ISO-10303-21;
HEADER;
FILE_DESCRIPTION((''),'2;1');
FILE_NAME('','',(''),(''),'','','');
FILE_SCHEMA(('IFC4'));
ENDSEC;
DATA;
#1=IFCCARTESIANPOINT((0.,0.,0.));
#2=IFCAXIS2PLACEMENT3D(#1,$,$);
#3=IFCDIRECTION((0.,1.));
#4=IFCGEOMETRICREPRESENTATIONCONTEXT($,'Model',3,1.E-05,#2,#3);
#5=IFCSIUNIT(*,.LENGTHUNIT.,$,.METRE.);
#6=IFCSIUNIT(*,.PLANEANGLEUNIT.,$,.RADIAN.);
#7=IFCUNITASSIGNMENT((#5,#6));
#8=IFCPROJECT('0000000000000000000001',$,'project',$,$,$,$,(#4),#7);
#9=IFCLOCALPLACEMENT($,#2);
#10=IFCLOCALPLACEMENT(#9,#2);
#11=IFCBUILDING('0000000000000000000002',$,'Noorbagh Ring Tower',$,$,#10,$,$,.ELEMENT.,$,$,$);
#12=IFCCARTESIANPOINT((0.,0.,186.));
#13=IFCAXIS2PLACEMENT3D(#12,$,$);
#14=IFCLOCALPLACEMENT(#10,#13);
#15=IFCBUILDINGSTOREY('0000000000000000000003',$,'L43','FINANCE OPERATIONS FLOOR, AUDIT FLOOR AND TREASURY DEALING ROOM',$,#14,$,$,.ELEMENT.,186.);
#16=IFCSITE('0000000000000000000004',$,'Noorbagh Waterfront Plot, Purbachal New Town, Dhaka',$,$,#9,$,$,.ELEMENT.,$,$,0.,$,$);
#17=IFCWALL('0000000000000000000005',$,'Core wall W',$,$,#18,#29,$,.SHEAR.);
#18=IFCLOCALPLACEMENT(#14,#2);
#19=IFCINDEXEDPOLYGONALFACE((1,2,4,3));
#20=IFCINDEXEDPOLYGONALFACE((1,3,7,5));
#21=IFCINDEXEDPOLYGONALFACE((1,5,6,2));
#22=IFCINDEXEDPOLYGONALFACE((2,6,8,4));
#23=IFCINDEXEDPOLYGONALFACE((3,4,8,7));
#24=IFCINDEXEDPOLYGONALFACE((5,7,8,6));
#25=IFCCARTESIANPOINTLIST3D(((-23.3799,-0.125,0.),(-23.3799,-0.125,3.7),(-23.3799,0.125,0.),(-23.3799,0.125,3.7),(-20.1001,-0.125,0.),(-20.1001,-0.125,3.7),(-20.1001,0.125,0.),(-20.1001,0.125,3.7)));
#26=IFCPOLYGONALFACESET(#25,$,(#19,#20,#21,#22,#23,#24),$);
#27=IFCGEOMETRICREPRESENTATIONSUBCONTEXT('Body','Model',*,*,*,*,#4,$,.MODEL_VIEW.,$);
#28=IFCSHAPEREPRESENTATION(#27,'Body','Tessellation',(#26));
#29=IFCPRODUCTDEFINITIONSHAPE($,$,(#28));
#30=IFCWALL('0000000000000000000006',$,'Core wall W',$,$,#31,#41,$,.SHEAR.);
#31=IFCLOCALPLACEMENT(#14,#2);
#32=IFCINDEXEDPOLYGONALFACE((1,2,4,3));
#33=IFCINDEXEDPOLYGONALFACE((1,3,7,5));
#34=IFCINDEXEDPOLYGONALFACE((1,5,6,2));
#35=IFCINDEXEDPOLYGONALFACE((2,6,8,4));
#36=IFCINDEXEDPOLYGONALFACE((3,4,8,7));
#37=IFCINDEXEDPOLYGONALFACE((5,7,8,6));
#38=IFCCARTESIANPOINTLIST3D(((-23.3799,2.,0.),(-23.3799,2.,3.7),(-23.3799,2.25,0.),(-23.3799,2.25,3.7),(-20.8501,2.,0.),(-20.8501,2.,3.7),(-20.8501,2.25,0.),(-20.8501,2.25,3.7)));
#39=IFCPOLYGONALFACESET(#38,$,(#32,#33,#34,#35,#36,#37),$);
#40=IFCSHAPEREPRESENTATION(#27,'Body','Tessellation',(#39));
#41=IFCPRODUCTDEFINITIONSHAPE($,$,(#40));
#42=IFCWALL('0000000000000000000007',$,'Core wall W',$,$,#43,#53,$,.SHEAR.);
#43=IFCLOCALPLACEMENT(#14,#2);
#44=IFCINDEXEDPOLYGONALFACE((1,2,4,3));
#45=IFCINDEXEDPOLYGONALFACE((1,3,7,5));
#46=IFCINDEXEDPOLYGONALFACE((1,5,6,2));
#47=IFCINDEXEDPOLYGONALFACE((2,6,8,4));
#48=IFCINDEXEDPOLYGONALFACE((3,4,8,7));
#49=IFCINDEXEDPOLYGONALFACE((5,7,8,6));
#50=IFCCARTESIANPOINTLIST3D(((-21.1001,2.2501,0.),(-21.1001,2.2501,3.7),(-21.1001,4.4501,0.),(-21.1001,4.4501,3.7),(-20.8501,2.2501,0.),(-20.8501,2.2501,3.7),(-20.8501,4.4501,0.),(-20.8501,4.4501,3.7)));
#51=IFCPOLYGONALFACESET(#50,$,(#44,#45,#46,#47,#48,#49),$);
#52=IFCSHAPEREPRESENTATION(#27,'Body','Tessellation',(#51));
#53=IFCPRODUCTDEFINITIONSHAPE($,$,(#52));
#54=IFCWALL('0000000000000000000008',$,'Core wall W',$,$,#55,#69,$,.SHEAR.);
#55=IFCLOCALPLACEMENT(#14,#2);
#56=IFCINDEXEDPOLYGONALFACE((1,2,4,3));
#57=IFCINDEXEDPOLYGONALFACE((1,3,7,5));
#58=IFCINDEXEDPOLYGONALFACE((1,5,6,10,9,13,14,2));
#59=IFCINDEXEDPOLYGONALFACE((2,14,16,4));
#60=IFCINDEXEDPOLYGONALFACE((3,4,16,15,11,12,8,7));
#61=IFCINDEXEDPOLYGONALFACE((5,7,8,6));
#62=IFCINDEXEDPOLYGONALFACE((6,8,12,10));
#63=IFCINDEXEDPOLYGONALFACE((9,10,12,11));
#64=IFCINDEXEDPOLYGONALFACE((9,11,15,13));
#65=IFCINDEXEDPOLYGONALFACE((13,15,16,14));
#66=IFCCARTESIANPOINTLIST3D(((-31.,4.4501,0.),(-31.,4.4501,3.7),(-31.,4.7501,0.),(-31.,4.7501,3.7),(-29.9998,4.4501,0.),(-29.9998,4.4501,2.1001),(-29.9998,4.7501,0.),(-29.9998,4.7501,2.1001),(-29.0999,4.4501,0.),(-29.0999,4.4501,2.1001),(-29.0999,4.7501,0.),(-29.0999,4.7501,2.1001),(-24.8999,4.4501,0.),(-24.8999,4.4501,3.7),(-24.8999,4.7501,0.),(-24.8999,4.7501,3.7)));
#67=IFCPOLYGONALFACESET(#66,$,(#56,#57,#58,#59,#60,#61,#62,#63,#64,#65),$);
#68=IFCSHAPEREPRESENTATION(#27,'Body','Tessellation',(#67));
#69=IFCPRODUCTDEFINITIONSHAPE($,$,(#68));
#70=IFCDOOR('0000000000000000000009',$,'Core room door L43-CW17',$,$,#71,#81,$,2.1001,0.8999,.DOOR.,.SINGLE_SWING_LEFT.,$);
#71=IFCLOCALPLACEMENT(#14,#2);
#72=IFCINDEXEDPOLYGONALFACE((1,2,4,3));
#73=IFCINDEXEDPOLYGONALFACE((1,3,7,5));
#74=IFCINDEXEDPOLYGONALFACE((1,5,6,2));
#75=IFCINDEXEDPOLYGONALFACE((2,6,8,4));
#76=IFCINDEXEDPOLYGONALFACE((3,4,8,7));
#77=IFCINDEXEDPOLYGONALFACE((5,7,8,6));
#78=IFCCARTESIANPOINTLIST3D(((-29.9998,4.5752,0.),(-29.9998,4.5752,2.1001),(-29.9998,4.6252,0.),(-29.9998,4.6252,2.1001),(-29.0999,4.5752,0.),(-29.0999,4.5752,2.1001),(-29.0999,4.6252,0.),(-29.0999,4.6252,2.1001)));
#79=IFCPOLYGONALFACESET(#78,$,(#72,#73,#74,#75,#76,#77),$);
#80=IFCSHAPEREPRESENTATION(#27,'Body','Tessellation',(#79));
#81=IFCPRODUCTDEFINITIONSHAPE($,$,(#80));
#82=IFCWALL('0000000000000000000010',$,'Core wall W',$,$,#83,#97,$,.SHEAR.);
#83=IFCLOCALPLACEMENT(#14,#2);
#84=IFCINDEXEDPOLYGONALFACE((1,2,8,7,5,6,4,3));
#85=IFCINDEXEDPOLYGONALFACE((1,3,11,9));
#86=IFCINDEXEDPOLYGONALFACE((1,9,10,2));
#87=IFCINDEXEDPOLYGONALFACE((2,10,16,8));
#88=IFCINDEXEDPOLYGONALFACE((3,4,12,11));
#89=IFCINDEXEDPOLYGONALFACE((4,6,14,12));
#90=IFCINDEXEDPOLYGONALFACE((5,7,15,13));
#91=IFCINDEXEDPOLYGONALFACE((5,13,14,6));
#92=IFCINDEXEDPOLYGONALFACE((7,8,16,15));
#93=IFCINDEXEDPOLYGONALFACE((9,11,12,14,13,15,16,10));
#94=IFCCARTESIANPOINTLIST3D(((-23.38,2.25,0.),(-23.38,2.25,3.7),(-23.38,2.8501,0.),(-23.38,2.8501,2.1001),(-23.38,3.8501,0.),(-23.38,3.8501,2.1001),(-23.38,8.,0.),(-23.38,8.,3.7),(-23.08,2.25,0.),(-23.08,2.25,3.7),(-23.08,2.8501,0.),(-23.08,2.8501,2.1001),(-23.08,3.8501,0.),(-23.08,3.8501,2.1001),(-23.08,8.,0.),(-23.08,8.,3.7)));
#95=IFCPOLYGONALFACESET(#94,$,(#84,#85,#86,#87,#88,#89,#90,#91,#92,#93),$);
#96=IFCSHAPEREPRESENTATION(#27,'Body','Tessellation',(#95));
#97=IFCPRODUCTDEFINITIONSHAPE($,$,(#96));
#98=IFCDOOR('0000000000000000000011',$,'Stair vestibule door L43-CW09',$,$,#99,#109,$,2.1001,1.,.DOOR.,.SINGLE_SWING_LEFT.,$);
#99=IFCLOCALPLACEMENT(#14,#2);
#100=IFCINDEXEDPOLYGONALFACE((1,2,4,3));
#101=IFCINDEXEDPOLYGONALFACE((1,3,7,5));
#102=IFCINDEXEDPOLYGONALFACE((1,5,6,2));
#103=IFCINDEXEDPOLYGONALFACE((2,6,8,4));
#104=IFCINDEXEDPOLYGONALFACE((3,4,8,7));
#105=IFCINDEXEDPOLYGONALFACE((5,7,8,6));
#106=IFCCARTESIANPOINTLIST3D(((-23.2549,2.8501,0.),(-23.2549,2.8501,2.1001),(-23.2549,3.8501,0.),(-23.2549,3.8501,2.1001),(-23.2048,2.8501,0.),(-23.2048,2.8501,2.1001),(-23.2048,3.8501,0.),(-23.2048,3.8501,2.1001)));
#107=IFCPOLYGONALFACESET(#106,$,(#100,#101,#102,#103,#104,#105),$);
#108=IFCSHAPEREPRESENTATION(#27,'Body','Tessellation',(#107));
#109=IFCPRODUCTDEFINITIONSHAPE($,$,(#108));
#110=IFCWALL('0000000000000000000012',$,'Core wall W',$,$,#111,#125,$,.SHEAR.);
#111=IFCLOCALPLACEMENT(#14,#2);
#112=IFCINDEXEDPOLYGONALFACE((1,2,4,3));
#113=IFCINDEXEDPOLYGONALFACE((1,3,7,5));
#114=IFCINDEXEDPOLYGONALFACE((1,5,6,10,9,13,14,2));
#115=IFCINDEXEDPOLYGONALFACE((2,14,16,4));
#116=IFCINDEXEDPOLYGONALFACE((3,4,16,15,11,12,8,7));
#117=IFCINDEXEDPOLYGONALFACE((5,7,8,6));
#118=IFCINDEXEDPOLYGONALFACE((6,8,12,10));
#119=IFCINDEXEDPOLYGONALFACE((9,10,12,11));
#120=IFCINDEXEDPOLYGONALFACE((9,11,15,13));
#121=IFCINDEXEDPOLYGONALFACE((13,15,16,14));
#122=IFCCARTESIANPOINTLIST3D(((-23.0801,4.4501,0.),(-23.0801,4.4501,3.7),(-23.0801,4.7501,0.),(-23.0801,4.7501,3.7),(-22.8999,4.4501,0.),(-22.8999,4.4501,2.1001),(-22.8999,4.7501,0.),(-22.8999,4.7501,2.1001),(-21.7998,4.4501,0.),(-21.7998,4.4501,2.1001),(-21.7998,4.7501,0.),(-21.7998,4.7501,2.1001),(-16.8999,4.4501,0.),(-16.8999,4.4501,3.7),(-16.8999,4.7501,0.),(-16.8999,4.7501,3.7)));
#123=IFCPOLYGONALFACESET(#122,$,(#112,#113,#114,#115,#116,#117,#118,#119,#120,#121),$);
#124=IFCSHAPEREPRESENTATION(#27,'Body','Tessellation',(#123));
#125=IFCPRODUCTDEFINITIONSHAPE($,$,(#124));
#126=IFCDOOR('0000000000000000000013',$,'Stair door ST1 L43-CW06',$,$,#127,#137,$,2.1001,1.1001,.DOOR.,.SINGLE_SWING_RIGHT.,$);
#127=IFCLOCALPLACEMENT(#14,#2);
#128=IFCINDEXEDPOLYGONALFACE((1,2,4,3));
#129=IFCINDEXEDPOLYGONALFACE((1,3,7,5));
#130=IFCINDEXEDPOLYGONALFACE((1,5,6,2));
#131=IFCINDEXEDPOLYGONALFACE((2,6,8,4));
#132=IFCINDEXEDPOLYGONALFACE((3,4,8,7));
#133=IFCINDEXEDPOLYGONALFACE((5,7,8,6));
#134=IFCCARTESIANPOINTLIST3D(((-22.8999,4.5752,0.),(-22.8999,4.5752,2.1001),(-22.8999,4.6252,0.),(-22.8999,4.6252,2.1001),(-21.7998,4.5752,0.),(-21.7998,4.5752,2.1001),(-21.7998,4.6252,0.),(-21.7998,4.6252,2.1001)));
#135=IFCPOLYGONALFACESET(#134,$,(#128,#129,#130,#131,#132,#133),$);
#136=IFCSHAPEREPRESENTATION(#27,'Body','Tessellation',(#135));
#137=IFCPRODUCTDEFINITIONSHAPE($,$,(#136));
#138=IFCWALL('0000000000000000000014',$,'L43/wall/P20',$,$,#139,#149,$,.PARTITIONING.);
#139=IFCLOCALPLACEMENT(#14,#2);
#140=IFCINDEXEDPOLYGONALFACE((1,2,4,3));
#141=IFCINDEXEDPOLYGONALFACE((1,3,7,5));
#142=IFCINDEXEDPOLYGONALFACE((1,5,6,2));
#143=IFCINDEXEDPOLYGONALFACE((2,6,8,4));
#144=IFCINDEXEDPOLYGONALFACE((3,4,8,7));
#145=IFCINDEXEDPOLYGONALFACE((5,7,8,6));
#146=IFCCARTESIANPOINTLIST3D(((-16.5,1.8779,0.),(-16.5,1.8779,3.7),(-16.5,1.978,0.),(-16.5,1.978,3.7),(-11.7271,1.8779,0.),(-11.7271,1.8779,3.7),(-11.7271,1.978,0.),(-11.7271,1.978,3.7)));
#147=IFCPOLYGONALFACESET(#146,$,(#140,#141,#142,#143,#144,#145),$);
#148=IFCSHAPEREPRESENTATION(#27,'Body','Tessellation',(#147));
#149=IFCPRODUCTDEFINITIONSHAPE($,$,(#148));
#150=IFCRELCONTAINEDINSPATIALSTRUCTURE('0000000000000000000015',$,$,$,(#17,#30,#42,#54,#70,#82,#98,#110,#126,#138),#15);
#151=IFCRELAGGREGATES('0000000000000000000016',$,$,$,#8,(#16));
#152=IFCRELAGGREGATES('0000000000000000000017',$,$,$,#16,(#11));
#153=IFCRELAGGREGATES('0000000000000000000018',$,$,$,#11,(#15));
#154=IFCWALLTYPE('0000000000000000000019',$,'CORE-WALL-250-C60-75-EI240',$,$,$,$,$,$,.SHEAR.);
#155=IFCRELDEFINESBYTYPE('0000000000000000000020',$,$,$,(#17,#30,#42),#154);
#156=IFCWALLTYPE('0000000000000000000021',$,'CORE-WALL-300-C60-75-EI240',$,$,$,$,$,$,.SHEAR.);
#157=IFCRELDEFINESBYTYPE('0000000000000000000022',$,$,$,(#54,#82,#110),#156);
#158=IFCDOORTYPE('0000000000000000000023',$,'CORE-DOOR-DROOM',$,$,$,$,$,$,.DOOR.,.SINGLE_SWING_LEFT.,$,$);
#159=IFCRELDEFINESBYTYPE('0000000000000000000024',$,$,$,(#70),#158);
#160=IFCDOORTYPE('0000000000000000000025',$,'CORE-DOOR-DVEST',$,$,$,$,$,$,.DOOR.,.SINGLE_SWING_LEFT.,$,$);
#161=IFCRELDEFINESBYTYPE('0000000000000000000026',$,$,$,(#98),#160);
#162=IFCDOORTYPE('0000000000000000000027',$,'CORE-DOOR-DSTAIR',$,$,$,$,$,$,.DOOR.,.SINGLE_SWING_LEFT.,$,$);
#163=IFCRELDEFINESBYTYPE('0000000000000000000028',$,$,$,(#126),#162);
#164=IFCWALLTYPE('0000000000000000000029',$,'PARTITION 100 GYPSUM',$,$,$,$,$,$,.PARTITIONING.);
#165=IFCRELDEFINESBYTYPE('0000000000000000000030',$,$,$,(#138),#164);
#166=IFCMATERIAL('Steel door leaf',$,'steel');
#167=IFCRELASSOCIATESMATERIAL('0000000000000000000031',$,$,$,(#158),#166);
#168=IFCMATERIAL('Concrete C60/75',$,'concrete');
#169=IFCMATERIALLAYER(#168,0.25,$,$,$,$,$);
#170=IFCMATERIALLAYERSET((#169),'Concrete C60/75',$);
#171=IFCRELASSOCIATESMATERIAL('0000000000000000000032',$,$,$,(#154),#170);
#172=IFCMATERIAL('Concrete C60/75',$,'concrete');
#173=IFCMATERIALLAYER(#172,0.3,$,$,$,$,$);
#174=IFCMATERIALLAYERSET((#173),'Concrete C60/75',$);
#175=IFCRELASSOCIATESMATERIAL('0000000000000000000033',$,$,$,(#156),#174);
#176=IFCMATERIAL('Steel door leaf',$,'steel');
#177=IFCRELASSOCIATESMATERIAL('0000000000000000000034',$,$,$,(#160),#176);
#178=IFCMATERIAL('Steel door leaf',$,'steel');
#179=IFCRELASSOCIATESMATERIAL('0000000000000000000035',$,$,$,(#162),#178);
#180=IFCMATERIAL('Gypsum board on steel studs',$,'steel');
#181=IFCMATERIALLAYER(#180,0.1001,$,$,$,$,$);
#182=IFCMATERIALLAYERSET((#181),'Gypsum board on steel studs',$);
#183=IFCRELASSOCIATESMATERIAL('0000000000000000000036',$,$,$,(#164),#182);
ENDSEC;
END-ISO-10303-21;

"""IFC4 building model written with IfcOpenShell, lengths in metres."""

from ifc_helpers import new_model, si_unit, direction, frame, frame_2d, origin, place, context, subcontext, project, spatial, rectangle, extrude, material, layer, layer_set, type_object, element, fill, save


model = new_model("IFC4")

# Units and contexts
model_context = context("Model", 3, precision=1e-05, world=origin(), true_north=direction((0.0, 1.0)))
body_context = subcontext(model_context, "Body", "Model", "MODEL_VIEW")
ifc_project = project(units=[si_unit("LENGTHUNIT", "METRE"), si_unit("PLANEANGLEUNIT", "RADIAN")], contexts=[model_context])

# Site, building, storey
site_placement = place(None, origin())
site = spatial("IfcSite", under=ifc_project, at=site_placement, Name="Noorbagh Waterfront Plot, Purbachal New Town, Dhaka", CompositionType="ELEMENT", RefElevation=0.0)
building_placement = place(site_placement, origin())
building = spatial("IfcBuilding", under=site, at=building_placement, Name="Noorbagh Ring Tower", CompositionType="ELEMENT")
storey_placement = place(building_placement, frame((0.0, 0.0, 186.0)))
storey = spatial("IfcBuildingStorey", under=building, at=storey_placement, Name="L43", Description="FINANCE OPERATIONS FLOOR, AUDIT FLOOR AND TREASURY DEALING ROOM", CompositionType="ELEMENT", Elevation=186.0)

# Shared definitions
ifc_material_1 = material(Name="Steel door leaf", Category="steel")
door_type_1 = type_object("IfcDoorType", Name="CORE-DOOR-DROOM", OperationType="SINGLE_SWING_LEFT", PredefinedType="DOOR", material=ifc_material_1)

# Walls
ifc_material_2 = material(Name="Concrete C60/75", Category="concrete")
ifc_layer_1 = layer(ifc_material_2, 0.25)
ifc_layer_set_1 = layer_set([ifc_layer_1], Name="Concrete C60/75")
wall_type_1 = type_object("IfcWallType", Name="CORE-WALL-250-C60-75-EI240", PredefinedType="SHEAR", material=ifc_layer_set_1)
wall_1_placement = place(storey_placement, frame((-20.1001, 0.0, 0.0), z_axis=(0.0, 0.0, 1.0), x_axis=(-1.0, 0.0, 0.0)))
element("IfcWall", 1, at=wall_1_placement, inside=storey, type_object=wall_type_1, Name="Core wall W", PredefinedType="SHEAR", context=body_context, shape_type="SweptSolid", body=[
    extrude(rectangle(XDim=3.2798, YDim=0.25, at=frame_2d((1.6399, 0.0))), origin(), (0.0, 0.0, 1.0), 3.7),
])
wall_2_placement = place(storey_placement, frame((-20.8501, 2.125, 0.0), z_axis=(0.0, 0.0, 1.0), x_axis=(-1.0, 0.0, 0.0)))
element("IfcWall", 2, at=wall_2_placement, inside=storey, type_object=wall_type_1, Name="Core wall W", PredefinedType="SHEAR", context=body_context, shape_type="SweptSolid", body=[
    extrude(rectangle(XDim=2.5298, YDim=0.25, at=frame_2d((1.2649, 0.0))), origin(), (0.0, 0.0, 1.0), 3.7),
])
wall_3_placement = place(storey_placement, frame((-20.9751, 2.25, 0.0), z_axis=(0.0, 0.0, 1.0), x_axis=(0.0, 1.0, 0.0)))
element("IfcWall", 3, at=wall_3_placement, inside=storey, type_object=wall_type_1, Name="Core wall W", PredefinedType="SHEAR", context=body_context, shape_type="SweptSolid", body=[
    extrude(rectangle(XDim=2.2, YDim=0.25, at=frame_2d((1.1001, 0.0))), origin(), (0.0, 0.0, 1.0), 3.7),
])

# Walls, openings, doors
ifc_material_3 = material(Name="Concrete C60/75", Category="concrete")
ifc_layer_2 = layer(ifc_material_3, 0.3)
ifc_layer_set_2 = layer_set([ifc_layer_2], Name="Concrete C60/75")
wall_type_2 = type_object("IfcWallType", Name="CORE-WALL-300-C60-75-EI240", PredefinedType="SHEAR", material=ifc_layer_set_2)
wall_4_placement = place(storey_placement, frame((-24.8999, 4.6001, 0.0), z_axis=(0.0, 0.0, 1.0), x_axis=(-1.0, 0.0, 0.0)))
wall_4 = element("IfcWall", 4, at=wall_4_placement, inside=storey, type_object=wall_type_2, Name="Core wall W", PredefinedType="SHEAR", context=body_context, shape_type="SweptSolid", body=[
    extrude(rectangle(XDim=6.1001, YDim=0.3, at=frame_2d((3.05, 0.0))), origin(), (0.0, 0.0, 1.0), 3.7),
])
opening_1_placement = place(wall_4_placement, frame((4.2, 0.0, 0.0)))
opening_1 = element("IfcOpeningElement", 5, at=opening_1_placement, cuts=wall_4, PredefinedType="OPENING", context=body_context, shape_type="SweptSolid", body=[
    extrude(rectangle(XDim=0.8999, YDim=2.1001, at=frame_2d((0.45, 1.05))), frame((0.0, 0.1602, 0.0), z_axis=(0.0, -1.0, 0.0), x_axis=(1.0, 0.0, 0.0)), (0.0, 0.0, 1.0), 0.3201),
])
door_1_placement = place(opening_1_placement, origin())
door_1 = element("IfcDoor", 6, at=door_1_placement, inside=storey, type_object=door_type_1, Name="Core room door L43-CW17", OperationType="SINGLE_SWING_LEFT", OverallHeight=2.1001, OverallWidth=0.8999, PredefinedType="DOOR", context=body_context, shape_type="SweptSolid", body=[
    extrude(rectangle(XDim=0.8999, YDim=2.1001, at=frame_2d((0.45, 1.05))), frame((0.0, 0.0249, 0.0), z_axis=(0.0, -1.0, 0.0), x_axis=(1.0, 0.0, 0.0)), (0.0, 0.0, 1.0), 0.05),
])
fill(opening_1, door_1)
wall_5_placement = place(storey_placement, frame((-23.23, 2.25, 0.0), z_axis=(0.0, 0.0, 1.0), x_axis=(0.0, 1.0, 0.0)))
wall_5 = element("IfcWall", 7, at=wall_5_placement, inside=storey, type_object=wall_type_2, Name="Core wall W", PredefinedType="SHEAR", context=body_context, shape_type="SweptSolid", body=[
    extrude(rectangle(XDim=5.75, YDim=0.3, at=frame_2d((2.875, 0.0))), origin(), (0.0, 0.0, 1.0), 3.7),
])
opening_2_placement = place(wall_5_placement, frame((0.6001, 0.0, 0.0)))
opening_2 = element("IfcOpeningElement", 8, at=opening_2_placement, cuts=wall_5, PredefinedType="OPENING", context=body_context, shape_type="SweptSolid", body=[
    extrude(rectangle(XDim=1.0, YDim=2.1001, at=frame_2d((0.5, 1.05))), frame((0.0, 0.1602, 0.0), z_axis=(0.0, -1.0, 0.0), x_axis=(1.0, 0.0, 0.0)), (0.0, 0.0, 1.0), 0.3201),
])
ifc_material_4 = material(Name="Steel door leaf", Category="steel")
door_type_2 = type_object("IfcDoorType", Name="CORE-DOOR-DVEST", OperationType="SINGLE_SWING_LEFT", PredefinedType="DOOR", material=ifc_material_4)
door_2_placement = place(opening_2_placement, origin())
door_2 = element("IfcDoor", 9, at=door_2_placement, inside=storey, type_object=door_type_2, Name="Stair vestibule door L43-CW09", OperationType="SINGLE_SWING_LEFT", OverallHeight=2.1001, OverallWidth=1.0, PredefinedType="DOOR", context=body_context, shape_type="SweptSolid", body=[
    extrude(rectangle(XDim=1.0, YDim=2.1001, at=frame_2d((0.5, 1.05))), frame((0.0, 0.0249, 0.0), z_axis=(0.0, -1.0, 0.0), x_axis=(1.0, 0.0, 0.0)), (0.0, 0.0, 1.0), 0.05),
])
fill(opening_2, door_2)
wall_6_placement = place(storey_placement, frame((-16.8999, 4.6001, 0.0), z_axis=(0.0, 0.0, 1.0), x_axis=(-1.0, 0.0, 0.0)))
wall_6 = element("IfcWall", 10, at=wall_6_placement, inside=storey, type_object=wall_type_2, Name="Core wall W", PredefinedType="SHEAR", context=body_context, shape_type="SweptSolid", body=[
    extrude(rectangle(XDim=6.1802, YDim=0.3, at=frame_2d((3.0901, 0.0))), origin(), (0.0, 0.0, 1.0), 3.7),
])
opening_3_placement = place(wall_6_placement, frame((4.8999, 0.0, 0.0)))
opening_3 = element("IfcOpeningElement", 11, at=opening_3_placement, cuts=wall_6, PredefinedType="OPENING", context=body_context, shape_type="SweptSolid", body=[
    extrude(rectangle(XDim=1.1001, YDim=2.1001, at=frame_2d((0.55, 1.05))), frame((0.0, 0.1602, 0.0), z_axis=(0.0, -1.0, 0.0), x_axis=(1.0, 0.0, 0.0)), (0.0, 0.0, 1.0), 0.3201),
])
ifc_material_5 = material(Name="Steel door leaf", Category="steel")
door_type_3 = type_object("IfcDoorType", Name="CORE-DOOR-DSTAIR", OperationType="SINGLE_SWING_LEFT", PredefinedType="DOOR", material=ifc_material_5)
door_3_placement = place(opening_3_placement, origin())
door_3 = element("IfcDoor", 12, at=door_3_placement, inside=storey, type_object=door_type_3, Name="Stair door ST1 L43-CW06", OperationType="SINGLE_SWING_RIGHT", OverallHeight=2.1001, OverallWidth=1.1001, PredefinedType="DOOR", context=body_context, shape_type="SweptSolid", body=[
    extrude(rectangle(XDim=1.1001, YDim=2.1001, at=frame_2d((0.55, 1.05))), frame((0.0, 0.0249, 0.0), z_axis=(0.0, -1.0, 0.0), x_axis=(1.0, 0.0, 0.0)), (0.0, 0.0, 1.0), 0.05),
])
fill(opening_3, door_3)

# Wall
ifc_material_6 = material(Name="Gypsum board on steel studs", Category="steel")
ifc_layer_3 = layer(ifc_material_6, 0.1001)
ifc_layer_set_3 = layer_set([ifc_layer_3], Name="Gypsum board on steel studs")
wall_type_3 = type_object("IfcWallType", Name="PARTITION 100 GYPSUM", PredefinedType="PARTITIONING", material=ifc_layer_set_3)
wall_7_placement = place(storey_placement, frame((-16.5, 1.928, 0.0), z_axis=(0.0, 0.0, 1.0), x_axis=(1.0, 0.0, 0.0)))
element("IfcWall", 13, at=wall_7_placement, inside=storey, type_object=wall_type_3, Name="L43/wall/P20", PredefinedType="PARTITIONING", context=body_context, shape_type="SweptSolid", body=[
    extrude(rectangle(XDim=4.7729, YDim=0.1001, at=frame_2d((2.3865, 0.0))), origin(), (0.0, 0.0, 1.0), 3.7),
])

save(model, "model.ifc")
